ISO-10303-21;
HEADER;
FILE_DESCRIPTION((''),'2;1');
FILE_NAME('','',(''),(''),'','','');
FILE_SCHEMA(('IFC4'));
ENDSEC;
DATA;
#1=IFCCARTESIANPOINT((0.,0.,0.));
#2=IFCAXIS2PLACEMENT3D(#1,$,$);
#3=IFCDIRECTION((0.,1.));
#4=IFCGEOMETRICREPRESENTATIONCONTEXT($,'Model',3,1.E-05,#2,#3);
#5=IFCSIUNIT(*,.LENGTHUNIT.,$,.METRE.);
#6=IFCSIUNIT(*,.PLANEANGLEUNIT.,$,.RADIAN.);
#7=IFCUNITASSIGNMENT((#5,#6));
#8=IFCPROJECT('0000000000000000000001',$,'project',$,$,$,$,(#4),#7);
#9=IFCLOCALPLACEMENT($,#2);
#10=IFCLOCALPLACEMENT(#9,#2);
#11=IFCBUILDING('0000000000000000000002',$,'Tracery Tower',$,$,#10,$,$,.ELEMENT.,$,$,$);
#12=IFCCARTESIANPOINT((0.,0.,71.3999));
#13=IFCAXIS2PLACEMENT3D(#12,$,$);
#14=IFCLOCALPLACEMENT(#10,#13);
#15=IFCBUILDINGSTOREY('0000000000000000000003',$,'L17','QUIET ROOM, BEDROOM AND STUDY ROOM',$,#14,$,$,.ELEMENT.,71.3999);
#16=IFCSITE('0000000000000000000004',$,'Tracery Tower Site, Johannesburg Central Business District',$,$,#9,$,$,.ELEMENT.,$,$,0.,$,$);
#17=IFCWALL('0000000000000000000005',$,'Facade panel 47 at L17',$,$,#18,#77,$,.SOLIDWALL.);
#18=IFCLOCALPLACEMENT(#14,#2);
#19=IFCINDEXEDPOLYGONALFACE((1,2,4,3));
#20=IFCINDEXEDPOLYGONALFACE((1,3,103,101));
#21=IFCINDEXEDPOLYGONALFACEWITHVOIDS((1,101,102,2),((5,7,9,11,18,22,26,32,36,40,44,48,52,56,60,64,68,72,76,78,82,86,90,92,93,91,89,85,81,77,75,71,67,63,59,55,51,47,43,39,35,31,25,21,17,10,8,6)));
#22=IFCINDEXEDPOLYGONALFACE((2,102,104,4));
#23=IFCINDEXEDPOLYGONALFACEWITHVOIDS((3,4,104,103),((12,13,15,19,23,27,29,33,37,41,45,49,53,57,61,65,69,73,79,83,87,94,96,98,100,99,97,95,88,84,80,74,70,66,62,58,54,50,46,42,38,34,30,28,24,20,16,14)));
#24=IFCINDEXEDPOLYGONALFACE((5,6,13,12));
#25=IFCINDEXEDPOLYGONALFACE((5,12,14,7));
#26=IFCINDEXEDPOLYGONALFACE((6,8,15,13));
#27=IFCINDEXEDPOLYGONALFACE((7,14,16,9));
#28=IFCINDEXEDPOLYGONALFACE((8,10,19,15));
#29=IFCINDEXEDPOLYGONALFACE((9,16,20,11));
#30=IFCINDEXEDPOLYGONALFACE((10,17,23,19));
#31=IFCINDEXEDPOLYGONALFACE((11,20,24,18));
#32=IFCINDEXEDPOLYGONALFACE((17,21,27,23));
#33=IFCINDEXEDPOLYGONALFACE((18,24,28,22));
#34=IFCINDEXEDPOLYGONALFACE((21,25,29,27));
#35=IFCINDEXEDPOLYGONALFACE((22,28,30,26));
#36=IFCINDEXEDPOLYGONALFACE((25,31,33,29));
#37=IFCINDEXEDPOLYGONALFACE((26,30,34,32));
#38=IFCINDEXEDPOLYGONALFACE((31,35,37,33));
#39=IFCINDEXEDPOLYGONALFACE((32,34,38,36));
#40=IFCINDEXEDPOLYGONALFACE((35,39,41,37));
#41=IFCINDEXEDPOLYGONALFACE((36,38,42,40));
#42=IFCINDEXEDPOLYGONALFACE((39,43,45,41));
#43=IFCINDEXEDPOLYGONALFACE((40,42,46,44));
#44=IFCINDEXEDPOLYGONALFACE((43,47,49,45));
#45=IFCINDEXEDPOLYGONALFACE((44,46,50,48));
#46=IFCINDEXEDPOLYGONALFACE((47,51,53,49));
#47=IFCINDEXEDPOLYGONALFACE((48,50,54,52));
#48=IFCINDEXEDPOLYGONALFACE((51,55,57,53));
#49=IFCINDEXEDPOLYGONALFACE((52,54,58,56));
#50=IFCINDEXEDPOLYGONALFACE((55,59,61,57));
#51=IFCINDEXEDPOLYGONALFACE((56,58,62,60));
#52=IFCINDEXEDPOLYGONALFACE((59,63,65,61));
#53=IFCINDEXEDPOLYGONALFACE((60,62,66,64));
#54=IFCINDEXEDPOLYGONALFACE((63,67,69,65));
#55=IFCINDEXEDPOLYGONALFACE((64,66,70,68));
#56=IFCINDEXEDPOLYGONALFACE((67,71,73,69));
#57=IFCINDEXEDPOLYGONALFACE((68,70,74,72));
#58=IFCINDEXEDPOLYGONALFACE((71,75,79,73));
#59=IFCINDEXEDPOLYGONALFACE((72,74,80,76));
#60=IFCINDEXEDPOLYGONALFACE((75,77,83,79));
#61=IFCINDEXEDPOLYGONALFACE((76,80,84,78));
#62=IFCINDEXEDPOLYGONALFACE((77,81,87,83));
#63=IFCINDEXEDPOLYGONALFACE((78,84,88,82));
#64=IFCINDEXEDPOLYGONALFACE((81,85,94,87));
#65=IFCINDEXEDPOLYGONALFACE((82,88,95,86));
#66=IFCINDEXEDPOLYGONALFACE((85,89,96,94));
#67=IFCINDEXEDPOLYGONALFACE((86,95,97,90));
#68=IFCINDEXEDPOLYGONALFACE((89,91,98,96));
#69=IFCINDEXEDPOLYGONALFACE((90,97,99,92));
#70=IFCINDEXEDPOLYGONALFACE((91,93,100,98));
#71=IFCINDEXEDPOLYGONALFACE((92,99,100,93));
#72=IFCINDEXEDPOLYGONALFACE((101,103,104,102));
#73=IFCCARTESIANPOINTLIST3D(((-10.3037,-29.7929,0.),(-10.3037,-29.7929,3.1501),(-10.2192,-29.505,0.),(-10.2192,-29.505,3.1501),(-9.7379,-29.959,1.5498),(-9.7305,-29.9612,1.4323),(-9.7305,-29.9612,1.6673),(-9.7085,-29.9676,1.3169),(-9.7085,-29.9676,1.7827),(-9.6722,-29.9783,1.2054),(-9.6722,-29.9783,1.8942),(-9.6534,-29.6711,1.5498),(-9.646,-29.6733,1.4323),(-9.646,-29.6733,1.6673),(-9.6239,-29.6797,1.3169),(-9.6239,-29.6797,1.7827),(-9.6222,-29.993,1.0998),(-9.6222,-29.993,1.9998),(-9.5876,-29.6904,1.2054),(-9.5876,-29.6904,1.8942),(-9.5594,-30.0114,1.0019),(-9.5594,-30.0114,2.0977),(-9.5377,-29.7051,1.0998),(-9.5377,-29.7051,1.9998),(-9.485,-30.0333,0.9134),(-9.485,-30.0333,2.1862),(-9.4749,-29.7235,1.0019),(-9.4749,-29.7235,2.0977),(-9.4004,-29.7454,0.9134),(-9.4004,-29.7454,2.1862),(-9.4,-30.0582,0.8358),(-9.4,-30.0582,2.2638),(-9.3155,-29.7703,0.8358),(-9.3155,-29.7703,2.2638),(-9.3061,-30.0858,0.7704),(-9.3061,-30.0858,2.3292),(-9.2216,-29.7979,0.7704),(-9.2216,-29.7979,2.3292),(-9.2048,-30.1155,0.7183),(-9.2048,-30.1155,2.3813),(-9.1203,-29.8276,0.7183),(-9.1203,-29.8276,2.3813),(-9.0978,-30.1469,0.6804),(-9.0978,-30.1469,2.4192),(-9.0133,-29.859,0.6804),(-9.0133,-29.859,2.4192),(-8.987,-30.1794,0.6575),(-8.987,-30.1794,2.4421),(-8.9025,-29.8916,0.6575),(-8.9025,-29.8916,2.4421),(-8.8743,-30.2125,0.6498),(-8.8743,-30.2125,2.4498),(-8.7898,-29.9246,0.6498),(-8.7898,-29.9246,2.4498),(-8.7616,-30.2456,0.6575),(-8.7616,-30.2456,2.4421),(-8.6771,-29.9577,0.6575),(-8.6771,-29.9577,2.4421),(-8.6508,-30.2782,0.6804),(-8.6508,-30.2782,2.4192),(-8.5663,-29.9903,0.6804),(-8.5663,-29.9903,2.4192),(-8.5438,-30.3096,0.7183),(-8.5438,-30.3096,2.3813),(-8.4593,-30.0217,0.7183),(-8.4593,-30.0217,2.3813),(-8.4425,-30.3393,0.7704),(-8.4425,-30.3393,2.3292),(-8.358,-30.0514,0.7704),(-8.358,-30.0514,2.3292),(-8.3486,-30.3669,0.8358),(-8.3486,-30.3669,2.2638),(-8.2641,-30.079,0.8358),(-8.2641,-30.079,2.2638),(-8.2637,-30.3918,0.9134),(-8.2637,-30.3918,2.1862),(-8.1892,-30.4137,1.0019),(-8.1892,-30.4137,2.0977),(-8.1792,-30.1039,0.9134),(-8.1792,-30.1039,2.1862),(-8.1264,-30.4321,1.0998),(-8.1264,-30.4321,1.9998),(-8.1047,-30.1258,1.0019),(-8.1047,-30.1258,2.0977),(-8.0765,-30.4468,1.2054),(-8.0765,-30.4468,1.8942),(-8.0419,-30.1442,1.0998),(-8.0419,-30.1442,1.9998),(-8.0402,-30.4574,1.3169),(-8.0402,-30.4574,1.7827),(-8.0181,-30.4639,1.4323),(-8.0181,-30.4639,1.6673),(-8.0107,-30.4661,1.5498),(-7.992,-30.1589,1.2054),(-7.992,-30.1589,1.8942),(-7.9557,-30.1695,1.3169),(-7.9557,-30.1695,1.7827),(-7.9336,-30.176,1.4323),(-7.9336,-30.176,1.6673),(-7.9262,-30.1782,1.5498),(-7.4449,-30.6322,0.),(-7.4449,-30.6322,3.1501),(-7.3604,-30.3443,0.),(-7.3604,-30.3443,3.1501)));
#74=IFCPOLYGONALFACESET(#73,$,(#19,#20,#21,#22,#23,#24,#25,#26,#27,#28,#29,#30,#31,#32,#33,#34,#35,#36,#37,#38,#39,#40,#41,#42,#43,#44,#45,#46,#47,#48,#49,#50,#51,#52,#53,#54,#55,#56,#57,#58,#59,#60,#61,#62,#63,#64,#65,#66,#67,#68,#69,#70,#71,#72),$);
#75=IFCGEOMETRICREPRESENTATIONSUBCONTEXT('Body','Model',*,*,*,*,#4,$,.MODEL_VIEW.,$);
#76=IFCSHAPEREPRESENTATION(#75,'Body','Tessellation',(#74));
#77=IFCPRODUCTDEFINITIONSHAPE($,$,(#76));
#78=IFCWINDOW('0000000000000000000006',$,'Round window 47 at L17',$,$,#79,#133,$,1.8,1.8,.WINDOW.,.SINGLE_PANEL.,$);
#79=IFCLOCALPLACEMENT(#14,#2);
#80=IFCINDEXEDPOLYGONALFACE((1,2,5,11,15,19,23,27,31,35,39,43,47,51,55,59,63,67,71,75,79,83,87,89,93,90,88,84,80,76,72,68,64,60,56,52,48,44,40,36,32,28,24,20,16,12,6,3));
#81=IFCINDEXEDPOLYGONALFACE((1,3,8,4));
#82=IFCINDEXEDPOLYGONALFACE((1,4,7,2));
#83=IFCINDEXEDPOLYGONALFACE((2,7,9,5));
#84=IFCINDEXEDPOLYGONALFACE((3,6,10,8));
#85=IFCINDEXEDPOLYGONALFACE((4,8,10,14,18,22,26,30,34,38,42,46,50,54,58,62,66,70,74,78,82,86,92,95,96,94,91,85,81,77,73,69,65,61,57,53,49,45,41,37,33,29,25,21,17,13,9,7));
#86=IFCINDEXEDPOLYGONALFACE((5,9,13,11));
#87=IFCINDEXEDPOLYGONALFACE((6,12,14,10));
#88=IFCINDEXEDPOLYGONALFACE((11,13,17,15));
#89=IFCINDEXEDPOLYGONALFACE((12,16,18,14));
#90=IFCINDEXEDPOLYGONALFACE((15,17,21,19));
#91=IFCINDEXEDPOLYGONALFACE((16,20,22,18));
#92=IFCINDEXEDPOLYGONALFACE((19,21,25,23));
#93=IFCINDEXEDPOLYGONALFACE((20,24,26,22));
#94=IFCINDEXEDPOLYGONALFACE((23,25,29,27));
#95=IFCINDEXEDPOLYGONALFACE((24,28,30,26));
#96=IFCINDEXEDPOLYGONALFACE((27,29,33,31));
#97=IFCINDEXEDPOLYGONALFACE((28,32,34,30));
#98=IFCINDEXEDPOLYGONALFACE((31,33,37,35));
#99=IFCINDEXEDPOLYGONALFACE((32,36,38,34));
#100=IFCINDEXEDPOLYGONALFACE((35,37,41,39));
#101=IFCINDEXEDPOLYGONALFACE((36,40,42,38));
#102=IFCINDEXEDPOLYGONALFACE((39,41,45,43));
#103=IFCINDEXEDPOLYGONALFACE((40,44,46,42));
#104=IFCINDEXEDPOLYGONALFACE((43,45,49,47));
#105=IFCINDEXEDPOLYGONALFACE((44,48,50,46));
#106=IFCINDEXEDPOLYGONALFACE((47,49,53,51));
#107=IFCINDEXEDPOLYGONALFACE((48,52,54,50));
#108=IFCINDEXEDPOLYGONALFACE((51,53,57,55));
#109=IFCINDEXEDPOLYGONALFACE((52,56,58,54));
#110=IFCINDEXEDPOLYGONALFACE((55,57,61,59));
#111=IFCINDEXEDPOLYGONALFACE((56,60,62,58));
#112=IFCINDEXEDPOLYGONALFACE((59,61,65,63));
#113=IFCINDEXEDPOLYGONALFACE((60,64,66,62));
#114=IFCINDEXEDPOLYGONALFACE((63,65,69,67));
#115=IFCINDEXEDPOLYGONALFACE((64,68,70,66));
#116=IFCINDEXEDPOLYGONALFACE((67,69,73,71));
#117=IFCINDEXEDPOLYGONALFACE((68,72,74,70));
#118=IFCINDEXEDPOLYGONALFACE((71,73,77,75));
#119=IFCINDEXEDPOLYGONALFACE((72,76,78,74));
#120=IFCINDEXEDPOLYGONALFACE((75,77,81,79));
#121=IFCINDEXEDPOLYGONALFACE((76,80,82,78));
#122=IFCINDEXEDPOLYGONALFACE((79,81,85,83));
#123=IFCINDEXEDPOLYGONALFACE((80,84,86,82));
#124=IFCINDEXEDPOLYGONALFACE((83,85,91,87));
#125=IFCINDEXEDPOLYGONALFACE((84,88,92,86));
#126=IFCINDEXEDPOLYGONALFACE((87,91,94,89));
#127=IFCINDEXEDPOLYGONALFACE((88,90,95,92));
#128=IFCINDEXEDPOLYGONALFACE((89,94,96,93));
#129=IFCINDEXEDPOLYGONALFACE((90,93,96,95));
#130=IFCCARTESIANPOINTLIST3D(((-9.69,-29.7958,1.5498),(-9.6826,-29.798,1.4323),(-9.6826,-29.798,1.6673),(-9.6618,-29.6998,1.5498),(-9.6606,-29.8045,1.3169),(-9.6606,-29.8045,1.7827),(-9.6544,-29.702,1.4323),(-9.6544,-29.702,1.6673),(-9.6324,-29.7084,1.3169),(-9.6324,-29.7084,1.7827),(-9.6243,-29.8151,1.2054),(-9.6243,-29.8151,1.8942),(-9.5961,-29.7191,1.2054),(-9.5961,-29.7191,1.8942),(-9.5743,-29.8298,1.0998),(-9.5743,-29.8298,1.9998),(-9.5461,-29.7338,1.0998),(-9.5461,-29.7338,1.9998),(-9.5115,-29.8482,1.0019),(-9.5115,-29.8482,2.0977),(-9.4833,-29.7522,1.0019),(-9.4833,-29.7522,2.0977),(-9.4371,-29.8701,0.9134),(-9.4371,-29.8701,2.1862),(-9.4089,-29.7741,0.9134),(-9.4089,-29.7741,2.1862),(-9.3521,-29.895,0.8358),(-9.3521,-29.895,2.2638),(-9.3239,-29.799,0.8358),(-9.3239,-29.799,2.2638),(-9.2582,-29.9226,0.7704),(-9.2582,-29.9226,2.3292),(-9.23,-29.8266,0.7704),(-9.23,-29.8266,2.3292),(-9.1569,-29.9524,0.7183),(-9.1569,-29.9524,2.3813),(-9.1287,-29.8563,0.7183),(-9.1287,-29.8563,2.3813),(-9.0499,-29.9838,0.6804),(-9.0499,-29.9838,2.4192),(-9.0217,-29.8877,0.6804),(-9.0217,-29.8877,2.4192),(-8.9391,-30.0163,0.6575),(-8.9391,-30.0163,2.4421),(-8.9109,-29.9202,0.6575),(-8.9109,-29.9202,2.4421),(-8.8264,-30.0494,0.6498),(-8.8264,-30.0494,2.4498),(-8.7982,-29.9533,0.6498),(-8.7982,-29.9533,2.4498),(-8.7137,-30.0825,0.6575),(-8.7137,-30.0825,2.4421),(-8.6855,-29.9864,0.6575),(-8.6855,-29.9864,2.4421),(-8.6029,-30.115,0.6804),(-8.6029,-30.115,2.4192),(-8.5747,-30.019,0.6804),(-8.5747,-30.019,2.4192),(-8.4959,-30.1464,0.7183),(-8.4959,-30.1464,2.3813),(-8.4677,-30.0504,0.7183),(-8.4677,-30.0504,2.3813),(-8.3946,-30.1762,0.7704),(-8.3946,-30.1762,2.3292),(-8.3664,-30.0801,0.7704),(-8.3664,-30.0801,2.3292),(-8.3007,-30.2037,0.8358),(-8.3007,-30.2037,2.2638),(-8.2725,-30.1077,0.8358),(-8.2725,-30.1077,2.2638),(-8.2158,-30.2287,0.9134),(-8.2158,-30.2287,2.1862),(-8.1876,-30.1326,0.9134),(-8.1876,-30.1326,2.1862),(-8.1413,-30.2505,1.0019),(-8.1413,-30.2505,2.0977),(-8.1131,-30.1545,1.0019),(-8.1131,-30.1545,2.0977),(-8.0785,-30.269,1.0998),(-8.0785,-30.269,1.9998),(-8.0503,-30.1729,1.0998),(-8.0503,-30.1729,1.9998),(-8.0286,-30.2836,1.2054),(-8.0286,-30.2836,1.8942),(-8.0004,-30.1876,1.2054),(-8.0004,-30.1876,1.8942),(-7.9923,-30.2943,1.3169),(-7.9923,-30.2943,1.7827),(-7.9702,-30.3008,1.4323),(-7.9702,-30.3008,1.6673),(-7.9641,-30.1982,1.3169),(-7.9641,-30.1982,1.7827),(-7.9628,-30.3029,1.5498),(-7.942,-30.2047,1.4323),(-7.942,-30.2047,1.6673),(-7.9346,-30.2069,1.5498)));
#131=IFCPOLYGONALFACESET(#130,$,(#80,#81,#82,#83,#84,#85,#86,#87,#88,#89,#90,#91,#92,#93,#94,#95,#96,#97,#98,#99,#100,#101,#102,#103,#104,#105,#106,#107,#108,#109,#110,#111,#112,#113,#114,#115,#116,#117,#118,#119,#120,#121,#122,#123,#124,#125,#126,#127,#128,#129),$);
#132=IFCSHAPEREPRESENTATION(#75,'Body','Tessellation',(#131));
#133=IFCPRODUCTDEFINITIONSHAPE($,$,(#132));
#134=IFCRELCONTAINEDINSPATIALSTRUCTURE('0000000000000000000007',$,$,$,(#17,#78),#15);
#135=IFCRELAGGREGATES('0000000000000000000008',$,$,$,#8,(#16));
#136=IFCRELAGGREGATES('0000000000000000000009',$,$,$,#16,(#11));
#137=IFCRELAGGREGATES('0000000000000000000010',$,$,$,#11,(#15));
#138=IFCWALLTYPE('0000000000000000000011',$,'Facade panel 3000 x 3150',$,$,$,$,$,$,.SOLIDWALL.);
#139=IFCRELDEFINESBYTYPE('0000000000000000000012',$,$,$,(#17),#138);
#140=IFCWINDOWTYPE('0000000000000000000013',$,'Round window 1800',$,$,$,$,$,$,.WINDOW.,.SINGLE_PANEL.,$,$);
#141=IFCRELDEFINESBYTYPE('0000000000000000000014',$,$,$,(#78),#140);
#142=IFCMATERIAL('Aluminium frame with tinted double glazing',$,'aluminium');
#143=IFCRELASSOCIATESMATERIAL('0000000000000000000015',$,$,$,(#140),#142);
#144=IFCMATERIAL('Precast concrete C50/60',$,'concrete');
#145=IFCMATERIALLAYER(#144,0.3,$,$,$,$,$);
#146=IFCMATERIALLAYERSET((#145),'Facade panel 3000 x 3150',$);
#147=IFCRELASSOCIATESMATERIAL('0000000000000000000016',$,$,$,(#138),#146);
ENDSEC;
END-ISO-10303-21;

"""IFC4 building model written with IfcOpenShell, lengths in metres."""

from ifc_helpers import new_model, si_unit, direction, frame, frame_2d, origin, origin_2d, place, context, subcontext, project, spatial, rectangle, circle, extrude, material, layer, layer_set, type_object, element, fill, save


model = new_model("IFC4")

# Units and contexts
model_context = context("Model", 3, precision=1e-05, world=origin(), true_north=direction((0.0, 1.0)))
body_context = subcontext(model_context, "Body", "Model", "MODEL_VIEW")
ifc_project = project(units=[si_unit("LENGTHUNIT", "METRE"), si_unit("PLANEANGLEUNIT", "RADIAN")], contexts=[model_context])

# Site, building, storey
site_placement = place(None, origin())
site = spatial("IfcSite", under=ifc_project, at=site_placement, Name="Tracery Tower Site, Johannesburg Central Business District", CompositionType="ELEMENT", RefElevation=0.0)
building_placement = place(site_placement, origin())
building = spatial("IfcBuilding", under=site, at=building_placement, Name="Tracery Tower", CompositionType="ELEMENT")
storey_placement = place(building_placement, frame((0.0, 0.0, 71.3999)))
storey = spatial("IfcBuildingStorey", under=building, at=storey_placement, Name="L17", Description="QUIET ROOM, BEDROOM AND STUDY ROOM", CompositionType="ELEMENT", Elevation=71.3999)

# Wall, opening, window
ifc_material_1 = material(Name="Aluminium frame with tinted double glazing", Category="aluminium")
window_type = type_object("IfcWindowType", Name="Round window 1800", PartitioningType="SINGLE_PANEL", PredefinedType="WINDOW", material=ifc_material_1)
ifc_material_2 = material(Name="Precast concrete C50/60", Category="concrete")
ifc_layer_1 = layer(ifc_material_2, 0.3)
ifc_layer_set_1 = layer_set([ifc_layer_1], Name="Facade panel 3000 x 3150")
wall_type_1 = type_object("IfcWallType", Name="Facade panel 3000 x 3150", PredefinedType="SOLIDWALL", material=ifc_layer_set_1)
wall_1_placement = place(storey_placement, frame((-10.2615, -29.6489, 0.0), z_axis=(0.0, 0.0, 1.0), x_axis=(0.959501, -0.281705, 0.0)))
wall_1 = element("IfcWall", 1, at=wall_1_placement, inside=storey, type_object=wall_type_1, Name="Facade panel 47 at L17", PredefinedType="SOLIDWALL", context=body_context, shape_type="SweptSolid", body=[
    extrude(rectangle(XDim=2.9795, YDim=0.3, at=frame_2d((1.4897, 0.0))), origin(), (0.0, 0.0, 1.0), 3.1501),
])
opening_1_placement = place(wall_1_placement, frame((1.4897, 0.0, 1.5498)))
opening_1 = element("IfcOpeningElement", 2, at=opening_1_placement, cuts=wall_1, PredefinedType="OPENING", context=body_context, shape_type="SweptSolid", body=[
    extrude(circle(Radius=0.9, at=origin_2d()), frame((0.0, 0.1599, 0.0), z_axis=(0.0, -1.0, 0.0), x_axis=(1.0, 0.0, 0.0)), (0.0, 0.0, 1.0), 0.3201),
])
window_1_placement = place(opening_1_placement, origin())
window_1 = element("IfcWindow", 3, at=window_1_placement, inside=storey, type_object=window_type, Name="Round window 47 at L17", OverallHeight=1.8, OverallWidth=1.8, PartitioningType="SINGLE_PANEL", PredefinedType="WINDOW", context=body_context, shape_type="SweptSolid", body=[
    extrude(circle(Radius=0.9, at=origin_2d()), frame((0.0, 0.1201, 0.0), z_axis=(0.0, -1.0, 0.0), x_axis=(1.0, 0.0, 0.0)), (0.0, 0.0, 1.0), 0.1001),
])
fill(opening_1, window_1)

save(model, "model.ifc")
